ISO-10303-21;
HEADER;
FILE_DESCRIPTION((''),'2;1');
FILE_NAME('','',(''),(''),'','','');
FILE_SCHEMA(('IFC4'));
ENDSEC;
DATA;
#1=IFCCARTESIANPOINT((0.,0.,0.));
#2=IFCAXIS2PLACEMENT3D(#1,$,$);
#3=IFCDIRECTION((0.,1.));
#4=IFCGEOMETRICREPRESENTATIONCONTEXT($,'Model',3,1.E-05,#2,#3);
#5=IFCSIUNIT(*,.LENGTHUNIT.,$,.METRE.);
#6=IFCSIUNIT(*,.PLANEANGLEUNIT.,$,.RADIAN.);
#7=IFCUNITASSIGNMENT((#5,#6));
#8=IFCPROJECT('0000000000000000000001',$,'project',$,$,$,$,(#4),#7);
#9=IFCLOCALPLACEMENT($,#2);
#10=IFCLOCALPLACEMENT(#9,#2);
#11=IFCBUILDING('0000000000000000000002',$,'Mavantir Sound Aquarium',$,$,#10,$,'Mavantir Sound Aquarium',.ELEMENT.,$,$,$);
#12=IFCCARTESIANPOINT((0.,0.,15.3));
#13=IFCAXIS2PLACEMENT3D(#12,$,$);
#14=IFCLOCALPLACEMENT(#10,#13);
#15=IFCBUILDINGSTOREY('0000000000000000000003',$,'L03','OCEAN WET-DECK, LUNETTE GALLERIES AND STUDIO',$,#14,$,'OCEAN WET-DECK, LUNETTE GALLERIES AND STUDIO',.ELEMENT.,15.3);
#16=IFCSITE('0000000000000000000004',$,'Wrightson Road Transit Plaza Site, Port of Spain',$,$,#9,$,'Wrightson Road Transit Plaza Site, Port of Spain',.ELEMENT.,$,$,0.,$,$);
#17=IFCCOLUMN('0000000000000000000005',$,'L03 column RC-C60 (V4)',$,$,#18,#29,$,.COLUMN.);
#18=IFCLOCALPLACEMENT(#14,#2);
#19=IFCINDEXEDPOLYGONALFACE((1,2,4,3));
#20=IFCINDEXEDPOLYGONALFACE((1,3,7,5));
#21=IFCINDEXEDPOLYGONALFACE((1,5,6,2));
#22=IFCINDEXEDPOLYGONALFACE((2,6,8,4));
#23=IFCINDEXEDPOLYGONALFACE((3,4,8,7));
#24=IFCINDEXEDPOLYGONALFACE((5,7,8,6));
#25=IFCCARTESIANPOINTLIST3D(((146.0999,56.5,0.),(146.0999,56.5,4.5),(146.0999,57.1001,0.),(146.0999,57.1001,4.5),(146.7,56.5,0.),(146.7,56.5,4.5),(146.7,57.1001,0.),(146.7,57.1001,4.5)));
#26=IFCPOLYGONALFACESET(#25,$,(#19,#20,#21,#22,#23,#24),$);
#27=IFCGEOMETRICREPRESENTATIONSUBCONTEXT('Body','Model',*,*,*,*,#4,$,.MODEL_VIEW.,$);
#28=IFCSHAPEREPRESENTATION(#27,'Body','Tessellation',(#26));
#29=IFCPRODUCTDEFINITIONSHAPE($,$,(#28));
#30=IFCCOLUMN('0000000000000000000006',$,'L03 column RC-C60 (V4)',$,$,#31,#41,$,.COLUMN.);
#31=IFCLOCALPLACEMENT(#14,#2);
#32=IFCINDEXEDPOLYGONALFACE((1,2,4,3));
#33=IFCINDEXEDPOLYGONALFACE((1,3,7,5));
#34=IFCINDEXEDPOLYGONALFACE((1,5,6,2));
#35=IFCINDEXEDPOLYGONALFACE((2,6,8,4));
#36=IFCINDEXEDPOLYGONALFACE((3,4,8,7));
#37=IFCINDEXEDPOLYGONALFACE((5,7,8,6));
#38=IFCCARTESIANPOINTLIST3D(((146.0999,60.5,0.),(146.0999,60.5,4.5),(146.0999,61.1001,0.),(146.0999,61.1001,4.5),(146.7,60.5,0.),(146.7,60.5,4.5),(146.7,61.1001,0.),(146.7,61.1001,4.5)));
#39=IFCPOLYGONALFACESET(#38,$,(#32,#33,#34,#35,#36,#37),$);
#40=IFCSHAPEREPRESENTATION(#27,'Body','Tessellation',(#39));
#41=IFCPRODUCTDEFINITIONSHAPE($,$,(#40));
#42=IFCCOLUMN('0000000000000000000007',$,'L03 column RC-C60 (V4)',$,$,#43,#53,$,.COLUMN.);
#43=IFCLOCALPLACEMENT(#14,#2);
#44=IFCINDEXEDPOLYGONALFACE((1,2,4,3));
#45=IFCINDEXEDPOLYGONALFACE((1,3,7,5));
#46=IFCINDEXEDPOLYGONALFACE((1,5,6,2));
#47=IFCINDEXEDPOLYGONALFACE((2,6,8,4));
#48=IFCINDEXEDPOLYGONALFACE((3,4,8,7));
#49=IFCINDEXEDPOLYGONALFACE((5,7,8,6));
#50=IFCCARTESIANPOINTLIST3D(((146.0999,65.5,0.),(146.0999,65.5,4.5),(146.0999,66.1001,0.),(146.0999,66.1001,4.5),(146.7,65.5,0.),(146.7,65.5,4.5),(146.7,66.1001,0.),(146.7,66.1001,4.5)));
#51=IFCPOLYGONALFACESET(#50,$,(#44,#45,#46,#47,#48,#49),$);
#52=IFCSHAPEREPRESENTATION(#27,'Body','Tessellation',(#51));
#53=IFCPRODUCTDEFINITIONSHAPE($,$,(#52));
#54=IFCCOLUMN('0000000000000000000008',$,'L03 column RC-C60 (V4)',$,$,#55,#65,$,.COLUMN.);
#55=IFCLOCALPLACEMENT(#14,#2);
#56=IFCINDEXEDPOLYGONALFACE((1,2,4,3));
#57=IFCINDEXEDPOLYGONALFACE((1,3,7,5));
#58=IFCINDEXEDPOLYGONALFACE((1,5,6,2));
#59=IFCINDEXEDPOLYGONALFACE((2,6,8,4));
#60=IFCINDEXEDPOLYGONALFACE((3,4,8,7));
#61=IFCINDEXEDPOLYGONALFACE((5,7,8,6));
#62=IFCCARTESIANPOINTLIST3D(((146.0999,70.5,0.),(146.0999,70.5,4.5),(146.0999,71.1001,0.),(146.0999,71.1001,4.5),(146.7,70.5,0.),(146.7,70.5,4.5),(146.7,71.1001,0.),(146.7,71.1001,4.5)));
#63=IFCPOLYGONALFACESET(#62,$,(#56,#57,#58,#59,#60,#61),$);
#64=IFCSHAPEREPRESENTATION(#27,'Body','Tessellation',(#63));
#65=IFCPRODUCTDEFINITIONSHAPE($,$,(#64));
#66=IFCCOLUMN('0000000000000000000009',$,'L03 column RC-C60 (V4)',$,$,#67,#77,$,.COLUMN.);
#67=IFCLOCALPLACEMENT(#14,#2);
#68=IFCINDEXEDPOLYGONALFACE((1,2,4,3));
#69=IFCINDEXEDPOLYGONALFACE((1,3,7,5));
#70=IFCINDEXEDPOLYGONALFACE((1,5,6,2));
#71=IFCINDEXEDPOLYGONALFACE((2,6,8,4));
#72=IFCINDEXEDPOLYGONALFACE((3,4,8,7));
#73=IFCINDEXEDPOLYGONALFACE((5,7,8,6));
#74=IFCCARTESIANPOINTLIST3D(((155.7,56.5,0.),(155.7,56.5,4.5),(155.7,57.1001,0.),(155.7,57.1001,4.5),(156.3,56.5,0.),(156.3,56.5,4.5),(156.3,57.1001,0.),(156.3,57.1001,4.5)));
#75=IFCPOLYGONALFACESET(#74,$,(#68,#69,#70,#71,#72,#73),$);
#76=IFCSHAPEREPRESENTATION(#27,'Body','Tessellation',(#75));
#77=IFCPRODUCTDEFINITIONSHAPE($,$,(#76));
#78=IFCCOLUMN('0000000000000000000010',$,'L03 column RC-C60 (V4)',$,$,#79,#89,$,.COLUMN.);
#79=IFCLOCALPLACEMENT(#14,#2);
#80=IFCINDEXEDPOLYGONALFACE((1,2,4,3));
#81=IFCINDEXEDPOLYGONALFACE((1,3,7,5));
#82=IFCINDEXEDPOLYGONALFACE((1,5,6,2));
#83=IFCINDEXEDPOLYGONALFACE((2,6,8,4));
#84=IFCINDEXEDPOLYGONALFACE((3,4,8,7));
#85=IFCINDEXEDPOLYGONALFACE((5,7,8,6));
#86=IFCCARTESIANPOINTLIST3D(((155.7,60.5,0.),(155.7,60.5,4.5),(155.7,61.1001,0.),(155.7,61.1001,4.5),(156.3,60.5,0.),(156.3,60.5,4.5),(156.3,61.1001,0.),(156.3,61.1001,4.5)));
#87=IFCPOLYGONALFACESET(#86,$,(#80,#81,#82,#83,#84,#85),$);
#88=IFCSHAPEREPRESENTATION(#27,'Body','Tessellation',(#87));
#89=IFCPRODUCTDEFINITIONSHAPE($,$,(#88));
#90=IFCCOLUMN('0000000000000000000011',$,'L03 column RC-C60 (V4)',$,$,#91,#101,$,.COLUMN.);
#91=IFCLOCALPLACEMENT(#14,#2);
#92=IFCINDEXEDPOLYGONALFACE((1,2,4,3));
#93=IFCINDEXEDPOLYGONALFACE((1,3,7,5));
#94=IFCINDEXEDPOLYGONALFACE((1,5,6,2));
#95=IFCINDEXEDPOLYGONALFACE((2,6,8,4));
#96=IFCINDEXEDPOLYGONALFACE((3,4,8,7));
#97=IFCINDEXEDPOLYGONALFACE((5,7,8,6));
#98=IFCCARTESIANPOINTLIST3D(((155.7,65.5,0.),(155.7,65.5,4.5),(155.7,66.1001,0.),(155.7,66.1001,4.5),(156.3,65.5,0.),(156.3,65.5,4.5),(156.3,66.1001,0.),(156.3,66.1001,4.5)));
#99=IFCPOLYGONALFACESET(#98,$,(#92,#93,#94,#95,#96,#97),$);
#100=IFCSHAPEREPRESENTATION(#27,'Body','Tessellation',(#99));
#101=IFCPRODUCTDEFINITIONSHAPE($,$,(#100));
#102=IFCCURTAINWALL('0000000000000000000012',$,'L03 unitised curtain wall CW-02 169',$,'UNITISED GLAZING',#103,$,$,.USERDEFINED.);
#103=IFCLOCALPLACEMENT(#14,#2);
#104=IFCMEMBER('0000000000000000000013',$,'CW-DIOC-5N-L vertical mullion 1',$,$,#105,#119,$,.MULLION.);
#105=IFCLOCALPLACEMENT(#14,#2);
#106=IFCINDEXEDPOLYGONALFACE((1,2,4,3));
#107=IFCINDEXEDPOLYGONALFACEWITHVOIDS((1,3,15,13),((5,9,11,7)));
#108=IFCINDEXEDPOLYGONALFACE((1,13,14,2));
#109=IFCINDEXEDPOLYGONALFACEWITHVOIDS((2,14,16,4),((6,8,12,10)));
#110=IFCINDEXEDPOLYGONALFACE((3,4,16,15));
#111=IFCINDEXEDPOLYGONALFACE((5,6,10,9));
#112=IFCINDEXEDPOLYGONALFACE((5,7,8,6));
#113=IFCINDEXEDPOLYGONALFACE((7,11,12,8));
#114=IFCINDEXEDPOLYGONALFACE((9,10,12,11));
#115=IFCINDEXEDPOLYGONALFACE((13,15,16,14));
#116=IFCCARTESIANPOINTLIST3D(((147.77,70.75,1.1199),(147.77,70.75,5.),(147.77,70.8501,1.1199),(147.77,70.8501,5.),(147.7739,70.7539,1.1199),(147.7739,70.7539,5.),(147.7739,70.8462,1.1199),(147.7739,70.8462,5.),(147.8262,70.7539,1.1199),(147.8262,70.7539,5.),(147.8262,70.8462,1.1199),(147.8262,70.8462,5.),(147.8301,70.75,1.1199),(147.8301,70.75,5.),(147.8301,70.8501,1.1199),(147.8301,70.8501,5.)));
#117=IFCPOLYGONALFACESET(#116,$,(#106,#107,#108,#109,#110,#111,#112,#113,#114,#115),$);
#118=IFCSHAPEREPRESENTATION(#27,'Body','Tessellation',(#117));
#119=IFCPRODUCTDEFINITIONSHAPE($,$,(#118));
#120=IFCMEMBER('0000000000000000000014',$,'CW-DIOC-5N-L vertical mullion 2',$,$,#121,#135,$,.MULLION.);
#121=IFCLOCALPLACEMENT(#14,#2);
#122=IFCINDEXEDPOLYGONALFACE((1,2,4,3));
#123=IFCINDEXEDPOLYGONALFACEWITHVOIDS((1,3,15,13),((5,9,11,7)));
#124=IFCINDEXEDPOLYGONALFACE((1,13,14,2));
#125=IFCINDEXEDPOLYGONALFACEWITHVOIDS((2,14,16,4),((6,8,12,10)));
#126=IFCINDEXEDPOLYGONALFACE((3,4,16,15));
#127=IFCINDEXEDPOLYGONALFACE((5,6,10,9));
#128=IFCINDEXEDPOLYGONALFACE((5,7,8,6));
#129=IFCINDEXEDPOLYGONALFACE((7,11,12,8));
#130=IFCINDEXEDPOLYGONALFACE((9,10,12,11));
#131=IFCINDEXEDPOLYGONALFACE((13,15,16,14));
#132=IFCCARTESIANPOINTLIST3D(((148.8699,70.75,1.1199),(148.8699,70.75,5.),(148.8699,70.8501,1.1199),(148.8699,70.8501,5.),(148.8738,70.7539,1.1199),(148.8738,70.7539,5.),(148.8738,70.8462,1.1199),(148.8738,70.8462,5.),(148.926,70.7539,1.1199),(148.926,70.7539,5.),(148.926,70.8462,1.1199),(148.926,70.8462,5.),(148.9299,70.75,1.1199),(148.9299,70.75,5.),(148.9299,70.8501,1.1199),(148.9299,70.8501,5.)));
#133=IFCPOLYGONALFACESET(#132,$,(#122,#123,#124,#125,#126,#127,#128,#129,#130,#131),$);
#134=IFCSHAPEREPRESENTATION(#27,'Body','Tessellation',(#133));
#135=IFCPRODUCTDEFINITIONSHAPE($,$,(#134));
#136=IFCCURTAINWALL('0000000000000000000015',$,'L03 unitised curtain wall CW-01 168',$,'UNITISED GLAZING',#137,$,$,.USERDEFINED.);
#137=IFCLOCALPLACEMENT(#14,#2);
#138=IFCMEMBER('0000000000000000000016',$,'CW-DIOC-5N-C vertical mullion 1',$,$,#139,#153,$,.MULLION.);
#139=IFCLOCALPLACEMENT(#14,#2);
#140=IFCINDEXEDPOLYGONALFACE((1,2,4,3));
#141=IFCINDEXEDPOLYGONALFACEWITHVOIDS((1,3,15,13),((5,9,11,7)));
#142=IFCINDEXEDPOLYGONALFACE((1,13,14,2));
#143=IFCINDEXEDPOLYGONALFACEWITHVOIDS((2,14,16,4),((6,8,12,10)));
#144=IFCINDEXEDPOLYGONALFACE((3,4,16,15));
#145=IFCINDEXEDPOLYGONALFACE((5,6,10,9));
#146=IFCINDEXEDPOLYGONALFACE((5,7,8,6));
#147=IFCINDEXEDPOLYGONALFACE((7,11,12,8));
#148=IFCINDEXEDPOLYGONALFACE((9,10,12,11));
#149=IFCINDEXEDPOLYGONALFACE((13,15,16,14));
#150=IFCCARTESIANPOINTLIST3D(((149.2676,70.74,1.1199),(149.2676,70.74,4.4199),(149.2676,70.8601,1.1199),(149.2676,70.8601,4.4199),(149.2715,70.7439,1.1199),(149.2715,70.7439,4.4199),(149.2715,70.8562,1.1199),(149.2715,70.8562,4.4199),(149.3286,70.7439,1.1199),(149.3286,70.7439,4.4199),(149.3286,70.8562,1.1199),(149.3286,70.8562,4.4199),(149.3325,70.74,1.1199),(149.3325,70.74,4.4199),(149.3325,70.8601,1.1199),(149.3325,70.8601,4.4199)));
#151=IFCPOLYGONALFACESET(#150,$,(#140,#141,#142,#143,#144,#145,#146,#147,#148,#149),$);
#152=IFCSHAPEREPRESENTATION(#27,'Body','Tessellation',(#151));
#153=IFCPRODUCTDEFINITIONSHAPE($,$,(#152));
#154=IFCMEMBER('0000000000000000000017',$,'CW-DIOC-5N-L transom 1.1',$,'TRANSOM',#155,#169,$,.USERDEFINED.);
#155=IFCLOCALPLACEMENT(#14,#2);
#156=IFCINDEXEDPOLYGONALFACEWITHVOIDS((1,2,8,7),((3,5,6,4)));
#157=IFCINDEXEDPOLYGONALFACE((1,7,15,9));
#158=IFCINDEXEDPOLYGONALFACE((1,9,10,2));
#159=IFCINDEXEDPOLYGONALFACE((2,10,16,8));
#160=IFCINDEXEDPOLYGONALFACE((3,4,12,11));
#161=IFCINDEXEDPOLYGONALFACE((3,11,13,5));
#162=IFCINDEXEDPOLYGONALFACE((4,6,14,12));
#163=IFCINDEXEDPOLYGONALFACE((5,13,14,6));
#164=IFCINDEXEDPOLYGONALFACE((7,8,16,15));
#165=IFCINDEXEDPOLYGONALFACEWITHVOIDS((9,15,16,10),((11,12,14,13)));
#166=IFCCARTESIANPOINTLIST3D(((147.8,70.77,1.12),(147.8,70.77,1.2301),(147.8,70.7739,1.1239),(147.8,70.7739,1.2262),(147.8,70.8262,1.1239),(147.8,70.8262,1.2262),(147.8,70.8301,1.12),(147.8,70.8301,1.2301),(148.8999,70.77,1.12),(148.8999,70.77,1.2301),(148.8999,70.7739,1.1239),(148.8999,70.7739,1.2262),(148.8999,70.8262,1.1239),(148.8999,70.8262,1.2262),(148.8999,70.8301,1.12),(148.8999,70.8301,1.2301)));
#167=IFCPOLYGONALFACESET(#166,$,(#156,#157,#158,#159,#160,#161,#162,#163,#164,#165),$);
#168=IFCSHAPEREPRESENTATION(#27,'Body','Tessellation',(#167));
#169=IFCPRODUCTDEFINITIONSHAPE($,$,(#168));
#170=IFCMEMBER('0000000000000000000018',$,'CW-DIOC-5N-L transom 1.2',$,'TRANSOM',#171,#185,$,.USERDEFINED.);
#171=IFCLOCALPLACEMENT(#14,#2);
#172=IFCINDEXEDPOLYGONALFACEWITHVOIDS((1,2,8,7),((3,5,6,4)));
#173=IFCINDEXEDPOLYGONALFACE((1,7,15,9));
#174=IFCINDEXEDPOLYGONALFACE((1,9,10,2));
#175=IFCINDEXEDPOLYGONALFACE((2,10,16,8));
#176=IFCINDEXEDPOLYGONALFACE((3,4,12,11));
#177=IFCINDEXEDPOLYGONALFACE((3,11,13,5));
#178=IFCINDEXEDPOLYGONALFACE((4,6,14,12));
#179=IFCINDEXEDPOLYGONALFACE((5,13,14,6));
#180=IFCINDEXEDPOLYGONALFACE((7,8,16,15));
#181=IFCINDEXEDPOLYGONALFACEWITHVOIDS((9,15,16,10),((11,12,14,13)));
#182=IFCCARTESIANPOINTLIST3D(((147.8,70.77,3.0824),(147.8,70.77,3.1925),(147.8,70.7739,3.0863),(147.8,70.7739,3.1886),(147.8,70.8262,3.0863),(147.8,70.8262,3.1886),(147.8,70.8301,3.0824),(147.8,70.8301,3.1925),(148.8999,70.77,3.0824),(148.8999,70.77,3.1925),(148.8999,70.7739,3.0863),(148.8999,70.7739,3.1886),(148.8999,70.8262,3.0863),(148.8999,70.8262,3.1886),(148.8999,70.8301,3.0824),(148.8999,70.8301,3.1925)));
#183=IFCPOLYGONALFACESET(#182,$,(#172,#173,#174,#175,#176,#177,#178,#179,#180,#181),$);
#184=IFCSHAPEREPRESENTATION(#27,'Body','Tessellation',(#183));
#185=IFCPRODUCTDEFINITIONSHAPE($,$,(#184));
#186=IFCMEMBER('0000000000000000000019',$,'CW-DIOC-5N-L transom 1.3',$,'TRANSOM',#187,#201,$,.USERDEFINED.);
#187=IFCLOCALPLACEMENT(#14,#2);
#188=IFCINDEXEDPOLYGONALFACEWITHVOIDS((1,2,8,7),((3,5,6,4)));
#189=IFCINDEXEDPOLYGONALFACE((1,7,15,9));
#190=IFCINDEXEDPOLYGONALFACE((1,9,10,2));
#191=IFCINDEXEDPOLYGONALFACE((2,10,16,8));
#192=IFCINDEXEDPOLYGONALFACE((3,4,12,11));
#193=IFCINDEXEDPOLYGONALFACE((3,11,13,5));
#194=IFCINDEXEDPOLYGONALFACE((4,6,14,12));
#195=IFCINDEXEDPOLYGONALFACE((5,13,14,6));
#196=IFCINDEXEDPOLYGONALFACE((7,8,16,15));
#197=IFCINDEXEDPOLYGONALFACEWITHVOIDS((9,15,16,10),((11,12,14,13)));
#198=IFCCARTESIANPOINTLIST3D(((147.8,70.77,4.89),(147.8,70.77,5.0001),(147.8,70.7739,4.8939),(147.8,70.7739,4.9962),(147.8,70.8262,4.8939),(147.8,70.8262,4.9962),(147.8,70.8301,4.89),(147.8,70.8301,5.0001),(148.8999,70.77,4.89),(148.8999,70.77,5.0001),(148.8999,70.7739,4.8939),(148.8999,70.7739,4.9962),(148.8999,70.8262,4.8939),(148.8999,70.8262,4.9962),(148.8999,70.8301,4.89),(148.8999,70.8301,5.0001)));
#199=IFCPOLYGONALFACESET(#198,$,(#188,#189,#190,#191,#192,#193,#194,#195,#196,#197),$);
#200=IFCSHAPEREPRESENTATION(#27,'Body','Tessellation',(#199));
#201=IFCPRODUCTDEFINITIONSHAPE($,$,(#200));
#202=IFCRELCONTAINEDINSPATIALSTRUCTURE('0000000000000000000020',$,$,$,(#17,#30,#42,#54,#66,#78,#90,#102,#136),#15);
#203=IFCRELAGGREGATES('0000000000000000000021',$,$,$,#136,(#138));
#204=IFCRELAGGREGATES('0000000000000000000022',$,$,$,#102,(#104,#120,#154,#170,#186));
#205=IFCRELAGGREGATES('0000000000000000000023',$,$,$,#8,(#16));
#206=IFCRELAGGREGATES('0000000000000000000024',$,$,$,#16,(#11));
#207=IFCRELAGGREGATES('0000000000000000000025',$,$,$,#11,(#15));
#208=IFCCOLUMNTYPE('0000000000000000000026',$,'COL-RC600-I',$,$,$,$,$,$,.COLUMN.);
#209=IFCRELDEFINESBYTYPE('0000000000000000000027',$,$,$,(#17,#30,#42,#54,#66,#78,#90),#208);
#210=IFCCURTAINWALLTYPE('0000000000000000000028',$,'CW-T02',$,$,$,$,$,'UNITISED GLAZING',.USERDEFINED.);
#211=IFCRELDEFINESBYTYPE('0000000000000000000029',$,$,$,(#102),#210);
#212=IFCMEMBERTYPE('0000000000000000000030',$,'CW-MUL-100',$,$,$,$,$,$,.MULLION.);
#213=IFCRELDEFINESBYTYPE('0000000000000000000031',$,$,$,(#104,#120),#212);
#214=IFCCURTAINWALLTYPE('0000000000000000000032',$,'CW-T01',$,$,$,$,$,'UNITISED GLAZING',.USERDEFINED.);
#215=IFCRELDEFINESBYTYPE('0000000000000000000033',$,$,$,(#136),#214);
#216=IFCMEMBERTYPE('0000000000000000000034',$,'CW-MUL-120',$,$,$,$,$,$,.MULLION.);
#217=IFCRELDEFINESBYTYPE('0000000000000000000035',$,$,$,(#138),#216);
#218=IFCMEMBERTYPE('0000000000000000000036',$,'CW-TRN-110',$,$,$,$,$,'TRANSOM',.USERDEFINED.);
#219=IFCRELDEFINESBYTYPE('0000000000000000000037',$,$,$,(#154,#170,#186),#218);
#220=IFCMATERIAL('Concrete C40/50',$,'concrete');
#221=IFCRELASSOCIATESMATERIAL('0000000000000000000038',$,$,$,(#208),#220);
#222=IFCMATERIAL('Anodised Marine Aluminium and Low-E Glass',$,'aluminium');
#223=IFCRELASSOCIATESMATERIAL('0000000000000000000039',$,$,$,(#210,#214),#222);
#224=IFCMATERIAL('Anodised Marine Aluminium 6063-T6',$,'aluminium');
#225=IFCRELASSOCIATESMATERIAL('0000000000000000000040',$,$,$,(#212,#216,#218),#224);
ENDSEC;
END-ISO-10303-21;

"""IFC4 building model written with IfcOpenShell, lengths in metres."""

from ifc_helpers import new_model, si_unit, direction, frame, origin, origin_2d, place, context, subcontext, project, spatial, rectangle, hollow_rectangle, extrude, material, material_profile, profile_set, type_object, element, aggregate, save


model = new_model("IFC4")

# Units and contexts
model_context = context("Model", 3, precision=1e-05, world=origin(), true_north=direction((0.0, 1.0)))
body_context = subcontext(model_context, "Body", "Model", "MODEL_VIEW")
ifc_project = project(units=[si_unit("LENGTHUNIT", "METRE"), si_unit("PLANEANGLEUNIT", "RADIAN")], contexts=[model_context])

# Site, building, storey
site_placement = place(None, origin())
site = spatial("IfcSite", under=ifc_project, at=site_placement, Name="Wrightson Road Transit Plaza Site, Port of Spain", LongName="Wrightson Road Transit Plaza Site, Port of Spain", CompositionType="ELEMENT", RefElevation=0.0)
building_placement = place(site_placement, origin())
building = spatial("IfcBuilding", under=site, at=building_placement, Name="Mavantir Sound Aquarium", LongName="Mavantir Sound Aquarium", CompositionType="ELEMENT")
storey_placement = place(building_placement, frame((0.0, 0.0, 15.3)))
storey = spatial("IfcBuildingStorey", under=building, at=storey_placement, Name="L03", Description="OCEAN WET-DECK, LUNETTE GALLERIES AND STUDIO", LongName="OCEAN WET-DECK, LUNETTE GALLERIES AND STUDIO", CompositionType="ELEMENT", Elevation=15.3)

# Columns
ifc_material_1 = material(Name="Concrete C40/50", Category="concrete")
ifc_material_profile_1 = material_profile(ifc_material_1, rectangle(XDim=0.6001, YDim=0.6001, at=origin_2d()), Name="RC 600X600")
ifc_profile_set_1 = profile_set([ifc_material_profile_1], Name="Concrete C40/50")
column_type = type_object("IfcColumnType", Name="COL-RC600-I", PredefinedType="COLUMN", material=ifc_profile_set_1)
for number, where, z_axis, x_axis, name in (
    (1, (146.3999, 56.8, 0.0), (0.0, 0.0, 1.0), (1.0, 0.0, 0.0), "L03 column RC-C60 (V4)"),
    (2, (146.3999, 60.8, 0.0), (0.0, 0.0, 1.0), (1.0, 0.0, 0.0), "L03 column RC-C60 (V4)"),
    (3, (146.3999, 65.8, 0.0), (0.0, 0.0, 1.0), (1.0, 0.0, 0.0), "L03 column RC-C60 (V4)"),
    (4, (146.3999, 70.8, 0.0), (0.0, 0.0, 1.0), (1.0, 0.0, 0.0), "L03 column RC-C60 (V4)"),
    (5, (156.0, 56.8, 0.0), (0.0, 0.0, 1.0), (1.0, 0.0, 0.0), "L03 column RC-C60 (V4)"),
    (6, (156.0, 60.8, 0.0), (0.0, 0.0, 1.0), (1.0, 0.0, 0.0), "L03 column RC-C60 (V4)"),
    (7, (156.0, 65.8, 0.0), (0.0, 0.0, 1.0), (1.0, 0.0, 0.0), "L03 column RC-C60 (V4)"),
):
    element("IfcColumn", number, at=place(storey_placement, frame(where, z_axis=z_axis, x_axis=x_axis)), inside=storey, type_object=column_type, Name=name, PredefinedType="COLUMN", context=body_context, shape_type="SweptSolid", body=[
        extrude(rectangle(XDim=0.6001, YDim=0.6001, at=origin_2d()), origin(), (0.0, 0.0, 1.0), 4.5),
    ])

# Curtain wall, members
ifc_material_2 = material(Name="Anodised Marine Aluminium and Low-E Glass", Category="aluminium")
curtain_wall_type_1 = type_object("IfcCurtainWallType", Name="CW-T02", ElementType="UNITISED GLAZING", PredefinedType="USERDEFINED", material=ifc_material_2)
curtain_wall_1_placement = place(storey_placement, origin())
curtain_wall_1 = element("IfcCurtainWall", 8, at=curtain_wall_1_placement, inside=storey, type_object=curtain_wall_type_1, Name="L03 unitised curtain wall CW-02 169", ObjectType="UNITISED GLAZING", PredefinedType="USERDEFINED")
ifc_material_3 = material(Name="Anodised Marine Aluminium 6063-T6", Category="aluminium")
ifc_material_profile_2 = material_profile(ifc_material_3, hollow_rectangle(XDim=0.0601, YDim=0.1001, WallThickness=0.0039, at=origin_2d()), Name="ALU-MULLION-100X60")
ifc_profile_set_2 = profile_set([ifc_material_profile_2], Name="Anodised Marine Aluminium 6063-T6")
member_type_1 = type_object("IfcMemberType", Name="CW-MUL-100", PredefinedType="MULLION", material=ifc_profile_set_2)
member_1_placement = place(storey_placement, frame((147.8, 70.8, 1.1199), z_axis=(0.0, 0.0, 1.0), x_axis=(1.0, 0.0, 0.0)))
member_1 = element("IfcMember", 9, at=member_1_placement, type_object=member_type_1, Name="CW-DIOC-5N-L vertical mullion 1", PredefinedType="MULLION", context=body_context, shape_type="SweptSolid", body=[
    extrude(hollow_rectangle(XDim=0.0601, YDim=0.1001, WallThickness=0.0039, at=origin_2d()), origin(), (0.0, 0.0, 1.0), 3.8801),
])
member_2_placement = place(storey_placement, frame((148.8999, 70.8, 1.1199), z_axis=(0.0, 0.0, 1.0), x_axis=(1.0, 0.0, 0.0)))
member_2 = element("IfcMember", 10, at=member_2_placement, type_object=member_type_1, Name="CW-DIOC-5N-L vertical mullion 2", PredefinedType="MULLION", context=body_context, shape_type="SweptSolid", body=[
    extrude(hollow_rectangle(XDim=0.0601, YDim=0.1001, WallThickness=0.0039, at=origin_2d()), origin(), (0.0, 0.0, 1.0), 3.8801),
])

# Curtain wall, member
curtain_wall_type_2 = type_object("IfcCurtainWallType", Name="CW-T01", ElementType="UNITISED GLAZING", PredefinedType="USERDEFINED", material=ifc_material_2)
curtain_wall_2_placement = place(storey_placement, origin())
curtain_wall_2 = element("IfcCurtainWall", 11, at=curtain_wall_2_placement, inside=storey, type_object=curtain_wall_type_2, Name="L03 unitised curtain wall CW-01 168", ObjectType="UNITISED GLAZING", PredefinedType="USERDEFINED")
ifc_material_profile_3 = material_profile(ifc_material_3, hollow_rectangle(XDim=0.0649, YDim=0.1201, WallThickness=0.0039, at=origin_2d()), Name="ALU-MULLION-120X65")
ifc_profile_set_3 = profile_set([ifc_material_profile_3], Name="Anodised Marine Aluminium 6063-T6")
member_type_2 = type_object("IfcMemberType", Name="CW-MUL-120", PredefinedType="MULLION", material=ifc_profile_set_3)
member_3_placement = place(storey_placement, frame((149.3, 70.8, 1.1199), z_axis=(0.0, 0.0, 1.0), x_axis=(1.0, 0.0, 0.0)))
member_3 = element("IfcMember", 12, at=member_3_placement, type_object=member_type_2, Name="CW-DIOC-5N-C vertical mullion 1", PredefinedType="MULLION", context=body_context, shape_type="SweptSolid", body=[
    extrude(hollow_rectangle(XDim=0.0649, YDim=0.1201, WallThickness=0.0039, at=origin_2d()), origin(), (0.0, 0.0, 1.0), 3.3),
])
aggregate(curtain_wall_2, [member_3])

# Members
ifc_material_profile_4 = material_profile(ifc_material_3, hollow_rectangle(XDim=0.0601, YDim=0.1101, WallThickness=0.0039, at=origin_2d()), Name="ALU-TRANSOM-110X60")
ifc_profile_set_4 = profile_set([ifc_material_profile_4], Name="Anodised Marine Aluminium 6063-T6")
member_type_3 = type_object("IfcMemberType", Name="CW-TRN-110", ElementType="TRANSOM", PredefinedType="USERDEFINED", material=ifc_profile_set_4)
member_4_placement = place(storey_placement, frame((147.8, 70.8, 1.175), z_axis=(1.0, 0.0, 0.0), x_axis=(0.0, 1.0, 0.0)))
member_4 = element("IfcMember", 13, at=member_4_placement, type_object=member_type_3, Name="CW-DIOC-5N-L transom 1.1", ObjectType="TRANSOM", PredefinedType="USERDEFINED", context=body_context, shape_type="SweptSolid", body=[
    extrude(hollow_rectangle(XDim=0.0601, YDim=0.1101, WallThickness=0.0039, at=origin_2d()), origin(), (0.0, 0.0, 1.0), 1.0999),
])
member_5_placement = place(storey_placement, frame((147.8, 70.8, 3.1375), z_axis=(1.0, 0.0, 0.0), x_axis=(0.0, 1.0, 0.0)))
member_5 = element("IfcMember", 14, at=member_5_placement, type_object=member_type_3, Name="CW-DIOC-5N-L transom 1.2", ObjectType="TRANSOM", PredefinedType="USERDEFINED", context=body_context, shape_type="SweptSolid", body=[
    extrude(hollow_rectangle(XDim=0.0601, YDim=0.1101, WallThickness=0.0039, at=origin_2d()), origin(), (0.0, 0.0, 1.0), 1.0999),
])
member_6_placement = place(storey_placement, frame((147.8, 70.8, 4.9451), z_axis=(1.0, 0.0, 0.0), x_axis=(0.0, 1.0, 0.0)))
member_6 = element("IfcMember", 15, at=member_6_placement, type_object=member_type_3, Name="CW-DIOC-5N-L transom 1.3", ObjectType="TRANSOM", PredefinedType="USERDEFINED", context=body_context, shape_type="SweptSolid", body=[
    extrude(hollow_rectangle(XDim=0.0601, YDim=0.1101, WallThickness=0.0039, at=origin_2d()), origin(), (0.0, 0.0, 1.0), 1.0999),
])

aggregate(curtain_wall_1, [member_1, member_2, member_4, member_5, member_6])

save(model, "model.ifc")
